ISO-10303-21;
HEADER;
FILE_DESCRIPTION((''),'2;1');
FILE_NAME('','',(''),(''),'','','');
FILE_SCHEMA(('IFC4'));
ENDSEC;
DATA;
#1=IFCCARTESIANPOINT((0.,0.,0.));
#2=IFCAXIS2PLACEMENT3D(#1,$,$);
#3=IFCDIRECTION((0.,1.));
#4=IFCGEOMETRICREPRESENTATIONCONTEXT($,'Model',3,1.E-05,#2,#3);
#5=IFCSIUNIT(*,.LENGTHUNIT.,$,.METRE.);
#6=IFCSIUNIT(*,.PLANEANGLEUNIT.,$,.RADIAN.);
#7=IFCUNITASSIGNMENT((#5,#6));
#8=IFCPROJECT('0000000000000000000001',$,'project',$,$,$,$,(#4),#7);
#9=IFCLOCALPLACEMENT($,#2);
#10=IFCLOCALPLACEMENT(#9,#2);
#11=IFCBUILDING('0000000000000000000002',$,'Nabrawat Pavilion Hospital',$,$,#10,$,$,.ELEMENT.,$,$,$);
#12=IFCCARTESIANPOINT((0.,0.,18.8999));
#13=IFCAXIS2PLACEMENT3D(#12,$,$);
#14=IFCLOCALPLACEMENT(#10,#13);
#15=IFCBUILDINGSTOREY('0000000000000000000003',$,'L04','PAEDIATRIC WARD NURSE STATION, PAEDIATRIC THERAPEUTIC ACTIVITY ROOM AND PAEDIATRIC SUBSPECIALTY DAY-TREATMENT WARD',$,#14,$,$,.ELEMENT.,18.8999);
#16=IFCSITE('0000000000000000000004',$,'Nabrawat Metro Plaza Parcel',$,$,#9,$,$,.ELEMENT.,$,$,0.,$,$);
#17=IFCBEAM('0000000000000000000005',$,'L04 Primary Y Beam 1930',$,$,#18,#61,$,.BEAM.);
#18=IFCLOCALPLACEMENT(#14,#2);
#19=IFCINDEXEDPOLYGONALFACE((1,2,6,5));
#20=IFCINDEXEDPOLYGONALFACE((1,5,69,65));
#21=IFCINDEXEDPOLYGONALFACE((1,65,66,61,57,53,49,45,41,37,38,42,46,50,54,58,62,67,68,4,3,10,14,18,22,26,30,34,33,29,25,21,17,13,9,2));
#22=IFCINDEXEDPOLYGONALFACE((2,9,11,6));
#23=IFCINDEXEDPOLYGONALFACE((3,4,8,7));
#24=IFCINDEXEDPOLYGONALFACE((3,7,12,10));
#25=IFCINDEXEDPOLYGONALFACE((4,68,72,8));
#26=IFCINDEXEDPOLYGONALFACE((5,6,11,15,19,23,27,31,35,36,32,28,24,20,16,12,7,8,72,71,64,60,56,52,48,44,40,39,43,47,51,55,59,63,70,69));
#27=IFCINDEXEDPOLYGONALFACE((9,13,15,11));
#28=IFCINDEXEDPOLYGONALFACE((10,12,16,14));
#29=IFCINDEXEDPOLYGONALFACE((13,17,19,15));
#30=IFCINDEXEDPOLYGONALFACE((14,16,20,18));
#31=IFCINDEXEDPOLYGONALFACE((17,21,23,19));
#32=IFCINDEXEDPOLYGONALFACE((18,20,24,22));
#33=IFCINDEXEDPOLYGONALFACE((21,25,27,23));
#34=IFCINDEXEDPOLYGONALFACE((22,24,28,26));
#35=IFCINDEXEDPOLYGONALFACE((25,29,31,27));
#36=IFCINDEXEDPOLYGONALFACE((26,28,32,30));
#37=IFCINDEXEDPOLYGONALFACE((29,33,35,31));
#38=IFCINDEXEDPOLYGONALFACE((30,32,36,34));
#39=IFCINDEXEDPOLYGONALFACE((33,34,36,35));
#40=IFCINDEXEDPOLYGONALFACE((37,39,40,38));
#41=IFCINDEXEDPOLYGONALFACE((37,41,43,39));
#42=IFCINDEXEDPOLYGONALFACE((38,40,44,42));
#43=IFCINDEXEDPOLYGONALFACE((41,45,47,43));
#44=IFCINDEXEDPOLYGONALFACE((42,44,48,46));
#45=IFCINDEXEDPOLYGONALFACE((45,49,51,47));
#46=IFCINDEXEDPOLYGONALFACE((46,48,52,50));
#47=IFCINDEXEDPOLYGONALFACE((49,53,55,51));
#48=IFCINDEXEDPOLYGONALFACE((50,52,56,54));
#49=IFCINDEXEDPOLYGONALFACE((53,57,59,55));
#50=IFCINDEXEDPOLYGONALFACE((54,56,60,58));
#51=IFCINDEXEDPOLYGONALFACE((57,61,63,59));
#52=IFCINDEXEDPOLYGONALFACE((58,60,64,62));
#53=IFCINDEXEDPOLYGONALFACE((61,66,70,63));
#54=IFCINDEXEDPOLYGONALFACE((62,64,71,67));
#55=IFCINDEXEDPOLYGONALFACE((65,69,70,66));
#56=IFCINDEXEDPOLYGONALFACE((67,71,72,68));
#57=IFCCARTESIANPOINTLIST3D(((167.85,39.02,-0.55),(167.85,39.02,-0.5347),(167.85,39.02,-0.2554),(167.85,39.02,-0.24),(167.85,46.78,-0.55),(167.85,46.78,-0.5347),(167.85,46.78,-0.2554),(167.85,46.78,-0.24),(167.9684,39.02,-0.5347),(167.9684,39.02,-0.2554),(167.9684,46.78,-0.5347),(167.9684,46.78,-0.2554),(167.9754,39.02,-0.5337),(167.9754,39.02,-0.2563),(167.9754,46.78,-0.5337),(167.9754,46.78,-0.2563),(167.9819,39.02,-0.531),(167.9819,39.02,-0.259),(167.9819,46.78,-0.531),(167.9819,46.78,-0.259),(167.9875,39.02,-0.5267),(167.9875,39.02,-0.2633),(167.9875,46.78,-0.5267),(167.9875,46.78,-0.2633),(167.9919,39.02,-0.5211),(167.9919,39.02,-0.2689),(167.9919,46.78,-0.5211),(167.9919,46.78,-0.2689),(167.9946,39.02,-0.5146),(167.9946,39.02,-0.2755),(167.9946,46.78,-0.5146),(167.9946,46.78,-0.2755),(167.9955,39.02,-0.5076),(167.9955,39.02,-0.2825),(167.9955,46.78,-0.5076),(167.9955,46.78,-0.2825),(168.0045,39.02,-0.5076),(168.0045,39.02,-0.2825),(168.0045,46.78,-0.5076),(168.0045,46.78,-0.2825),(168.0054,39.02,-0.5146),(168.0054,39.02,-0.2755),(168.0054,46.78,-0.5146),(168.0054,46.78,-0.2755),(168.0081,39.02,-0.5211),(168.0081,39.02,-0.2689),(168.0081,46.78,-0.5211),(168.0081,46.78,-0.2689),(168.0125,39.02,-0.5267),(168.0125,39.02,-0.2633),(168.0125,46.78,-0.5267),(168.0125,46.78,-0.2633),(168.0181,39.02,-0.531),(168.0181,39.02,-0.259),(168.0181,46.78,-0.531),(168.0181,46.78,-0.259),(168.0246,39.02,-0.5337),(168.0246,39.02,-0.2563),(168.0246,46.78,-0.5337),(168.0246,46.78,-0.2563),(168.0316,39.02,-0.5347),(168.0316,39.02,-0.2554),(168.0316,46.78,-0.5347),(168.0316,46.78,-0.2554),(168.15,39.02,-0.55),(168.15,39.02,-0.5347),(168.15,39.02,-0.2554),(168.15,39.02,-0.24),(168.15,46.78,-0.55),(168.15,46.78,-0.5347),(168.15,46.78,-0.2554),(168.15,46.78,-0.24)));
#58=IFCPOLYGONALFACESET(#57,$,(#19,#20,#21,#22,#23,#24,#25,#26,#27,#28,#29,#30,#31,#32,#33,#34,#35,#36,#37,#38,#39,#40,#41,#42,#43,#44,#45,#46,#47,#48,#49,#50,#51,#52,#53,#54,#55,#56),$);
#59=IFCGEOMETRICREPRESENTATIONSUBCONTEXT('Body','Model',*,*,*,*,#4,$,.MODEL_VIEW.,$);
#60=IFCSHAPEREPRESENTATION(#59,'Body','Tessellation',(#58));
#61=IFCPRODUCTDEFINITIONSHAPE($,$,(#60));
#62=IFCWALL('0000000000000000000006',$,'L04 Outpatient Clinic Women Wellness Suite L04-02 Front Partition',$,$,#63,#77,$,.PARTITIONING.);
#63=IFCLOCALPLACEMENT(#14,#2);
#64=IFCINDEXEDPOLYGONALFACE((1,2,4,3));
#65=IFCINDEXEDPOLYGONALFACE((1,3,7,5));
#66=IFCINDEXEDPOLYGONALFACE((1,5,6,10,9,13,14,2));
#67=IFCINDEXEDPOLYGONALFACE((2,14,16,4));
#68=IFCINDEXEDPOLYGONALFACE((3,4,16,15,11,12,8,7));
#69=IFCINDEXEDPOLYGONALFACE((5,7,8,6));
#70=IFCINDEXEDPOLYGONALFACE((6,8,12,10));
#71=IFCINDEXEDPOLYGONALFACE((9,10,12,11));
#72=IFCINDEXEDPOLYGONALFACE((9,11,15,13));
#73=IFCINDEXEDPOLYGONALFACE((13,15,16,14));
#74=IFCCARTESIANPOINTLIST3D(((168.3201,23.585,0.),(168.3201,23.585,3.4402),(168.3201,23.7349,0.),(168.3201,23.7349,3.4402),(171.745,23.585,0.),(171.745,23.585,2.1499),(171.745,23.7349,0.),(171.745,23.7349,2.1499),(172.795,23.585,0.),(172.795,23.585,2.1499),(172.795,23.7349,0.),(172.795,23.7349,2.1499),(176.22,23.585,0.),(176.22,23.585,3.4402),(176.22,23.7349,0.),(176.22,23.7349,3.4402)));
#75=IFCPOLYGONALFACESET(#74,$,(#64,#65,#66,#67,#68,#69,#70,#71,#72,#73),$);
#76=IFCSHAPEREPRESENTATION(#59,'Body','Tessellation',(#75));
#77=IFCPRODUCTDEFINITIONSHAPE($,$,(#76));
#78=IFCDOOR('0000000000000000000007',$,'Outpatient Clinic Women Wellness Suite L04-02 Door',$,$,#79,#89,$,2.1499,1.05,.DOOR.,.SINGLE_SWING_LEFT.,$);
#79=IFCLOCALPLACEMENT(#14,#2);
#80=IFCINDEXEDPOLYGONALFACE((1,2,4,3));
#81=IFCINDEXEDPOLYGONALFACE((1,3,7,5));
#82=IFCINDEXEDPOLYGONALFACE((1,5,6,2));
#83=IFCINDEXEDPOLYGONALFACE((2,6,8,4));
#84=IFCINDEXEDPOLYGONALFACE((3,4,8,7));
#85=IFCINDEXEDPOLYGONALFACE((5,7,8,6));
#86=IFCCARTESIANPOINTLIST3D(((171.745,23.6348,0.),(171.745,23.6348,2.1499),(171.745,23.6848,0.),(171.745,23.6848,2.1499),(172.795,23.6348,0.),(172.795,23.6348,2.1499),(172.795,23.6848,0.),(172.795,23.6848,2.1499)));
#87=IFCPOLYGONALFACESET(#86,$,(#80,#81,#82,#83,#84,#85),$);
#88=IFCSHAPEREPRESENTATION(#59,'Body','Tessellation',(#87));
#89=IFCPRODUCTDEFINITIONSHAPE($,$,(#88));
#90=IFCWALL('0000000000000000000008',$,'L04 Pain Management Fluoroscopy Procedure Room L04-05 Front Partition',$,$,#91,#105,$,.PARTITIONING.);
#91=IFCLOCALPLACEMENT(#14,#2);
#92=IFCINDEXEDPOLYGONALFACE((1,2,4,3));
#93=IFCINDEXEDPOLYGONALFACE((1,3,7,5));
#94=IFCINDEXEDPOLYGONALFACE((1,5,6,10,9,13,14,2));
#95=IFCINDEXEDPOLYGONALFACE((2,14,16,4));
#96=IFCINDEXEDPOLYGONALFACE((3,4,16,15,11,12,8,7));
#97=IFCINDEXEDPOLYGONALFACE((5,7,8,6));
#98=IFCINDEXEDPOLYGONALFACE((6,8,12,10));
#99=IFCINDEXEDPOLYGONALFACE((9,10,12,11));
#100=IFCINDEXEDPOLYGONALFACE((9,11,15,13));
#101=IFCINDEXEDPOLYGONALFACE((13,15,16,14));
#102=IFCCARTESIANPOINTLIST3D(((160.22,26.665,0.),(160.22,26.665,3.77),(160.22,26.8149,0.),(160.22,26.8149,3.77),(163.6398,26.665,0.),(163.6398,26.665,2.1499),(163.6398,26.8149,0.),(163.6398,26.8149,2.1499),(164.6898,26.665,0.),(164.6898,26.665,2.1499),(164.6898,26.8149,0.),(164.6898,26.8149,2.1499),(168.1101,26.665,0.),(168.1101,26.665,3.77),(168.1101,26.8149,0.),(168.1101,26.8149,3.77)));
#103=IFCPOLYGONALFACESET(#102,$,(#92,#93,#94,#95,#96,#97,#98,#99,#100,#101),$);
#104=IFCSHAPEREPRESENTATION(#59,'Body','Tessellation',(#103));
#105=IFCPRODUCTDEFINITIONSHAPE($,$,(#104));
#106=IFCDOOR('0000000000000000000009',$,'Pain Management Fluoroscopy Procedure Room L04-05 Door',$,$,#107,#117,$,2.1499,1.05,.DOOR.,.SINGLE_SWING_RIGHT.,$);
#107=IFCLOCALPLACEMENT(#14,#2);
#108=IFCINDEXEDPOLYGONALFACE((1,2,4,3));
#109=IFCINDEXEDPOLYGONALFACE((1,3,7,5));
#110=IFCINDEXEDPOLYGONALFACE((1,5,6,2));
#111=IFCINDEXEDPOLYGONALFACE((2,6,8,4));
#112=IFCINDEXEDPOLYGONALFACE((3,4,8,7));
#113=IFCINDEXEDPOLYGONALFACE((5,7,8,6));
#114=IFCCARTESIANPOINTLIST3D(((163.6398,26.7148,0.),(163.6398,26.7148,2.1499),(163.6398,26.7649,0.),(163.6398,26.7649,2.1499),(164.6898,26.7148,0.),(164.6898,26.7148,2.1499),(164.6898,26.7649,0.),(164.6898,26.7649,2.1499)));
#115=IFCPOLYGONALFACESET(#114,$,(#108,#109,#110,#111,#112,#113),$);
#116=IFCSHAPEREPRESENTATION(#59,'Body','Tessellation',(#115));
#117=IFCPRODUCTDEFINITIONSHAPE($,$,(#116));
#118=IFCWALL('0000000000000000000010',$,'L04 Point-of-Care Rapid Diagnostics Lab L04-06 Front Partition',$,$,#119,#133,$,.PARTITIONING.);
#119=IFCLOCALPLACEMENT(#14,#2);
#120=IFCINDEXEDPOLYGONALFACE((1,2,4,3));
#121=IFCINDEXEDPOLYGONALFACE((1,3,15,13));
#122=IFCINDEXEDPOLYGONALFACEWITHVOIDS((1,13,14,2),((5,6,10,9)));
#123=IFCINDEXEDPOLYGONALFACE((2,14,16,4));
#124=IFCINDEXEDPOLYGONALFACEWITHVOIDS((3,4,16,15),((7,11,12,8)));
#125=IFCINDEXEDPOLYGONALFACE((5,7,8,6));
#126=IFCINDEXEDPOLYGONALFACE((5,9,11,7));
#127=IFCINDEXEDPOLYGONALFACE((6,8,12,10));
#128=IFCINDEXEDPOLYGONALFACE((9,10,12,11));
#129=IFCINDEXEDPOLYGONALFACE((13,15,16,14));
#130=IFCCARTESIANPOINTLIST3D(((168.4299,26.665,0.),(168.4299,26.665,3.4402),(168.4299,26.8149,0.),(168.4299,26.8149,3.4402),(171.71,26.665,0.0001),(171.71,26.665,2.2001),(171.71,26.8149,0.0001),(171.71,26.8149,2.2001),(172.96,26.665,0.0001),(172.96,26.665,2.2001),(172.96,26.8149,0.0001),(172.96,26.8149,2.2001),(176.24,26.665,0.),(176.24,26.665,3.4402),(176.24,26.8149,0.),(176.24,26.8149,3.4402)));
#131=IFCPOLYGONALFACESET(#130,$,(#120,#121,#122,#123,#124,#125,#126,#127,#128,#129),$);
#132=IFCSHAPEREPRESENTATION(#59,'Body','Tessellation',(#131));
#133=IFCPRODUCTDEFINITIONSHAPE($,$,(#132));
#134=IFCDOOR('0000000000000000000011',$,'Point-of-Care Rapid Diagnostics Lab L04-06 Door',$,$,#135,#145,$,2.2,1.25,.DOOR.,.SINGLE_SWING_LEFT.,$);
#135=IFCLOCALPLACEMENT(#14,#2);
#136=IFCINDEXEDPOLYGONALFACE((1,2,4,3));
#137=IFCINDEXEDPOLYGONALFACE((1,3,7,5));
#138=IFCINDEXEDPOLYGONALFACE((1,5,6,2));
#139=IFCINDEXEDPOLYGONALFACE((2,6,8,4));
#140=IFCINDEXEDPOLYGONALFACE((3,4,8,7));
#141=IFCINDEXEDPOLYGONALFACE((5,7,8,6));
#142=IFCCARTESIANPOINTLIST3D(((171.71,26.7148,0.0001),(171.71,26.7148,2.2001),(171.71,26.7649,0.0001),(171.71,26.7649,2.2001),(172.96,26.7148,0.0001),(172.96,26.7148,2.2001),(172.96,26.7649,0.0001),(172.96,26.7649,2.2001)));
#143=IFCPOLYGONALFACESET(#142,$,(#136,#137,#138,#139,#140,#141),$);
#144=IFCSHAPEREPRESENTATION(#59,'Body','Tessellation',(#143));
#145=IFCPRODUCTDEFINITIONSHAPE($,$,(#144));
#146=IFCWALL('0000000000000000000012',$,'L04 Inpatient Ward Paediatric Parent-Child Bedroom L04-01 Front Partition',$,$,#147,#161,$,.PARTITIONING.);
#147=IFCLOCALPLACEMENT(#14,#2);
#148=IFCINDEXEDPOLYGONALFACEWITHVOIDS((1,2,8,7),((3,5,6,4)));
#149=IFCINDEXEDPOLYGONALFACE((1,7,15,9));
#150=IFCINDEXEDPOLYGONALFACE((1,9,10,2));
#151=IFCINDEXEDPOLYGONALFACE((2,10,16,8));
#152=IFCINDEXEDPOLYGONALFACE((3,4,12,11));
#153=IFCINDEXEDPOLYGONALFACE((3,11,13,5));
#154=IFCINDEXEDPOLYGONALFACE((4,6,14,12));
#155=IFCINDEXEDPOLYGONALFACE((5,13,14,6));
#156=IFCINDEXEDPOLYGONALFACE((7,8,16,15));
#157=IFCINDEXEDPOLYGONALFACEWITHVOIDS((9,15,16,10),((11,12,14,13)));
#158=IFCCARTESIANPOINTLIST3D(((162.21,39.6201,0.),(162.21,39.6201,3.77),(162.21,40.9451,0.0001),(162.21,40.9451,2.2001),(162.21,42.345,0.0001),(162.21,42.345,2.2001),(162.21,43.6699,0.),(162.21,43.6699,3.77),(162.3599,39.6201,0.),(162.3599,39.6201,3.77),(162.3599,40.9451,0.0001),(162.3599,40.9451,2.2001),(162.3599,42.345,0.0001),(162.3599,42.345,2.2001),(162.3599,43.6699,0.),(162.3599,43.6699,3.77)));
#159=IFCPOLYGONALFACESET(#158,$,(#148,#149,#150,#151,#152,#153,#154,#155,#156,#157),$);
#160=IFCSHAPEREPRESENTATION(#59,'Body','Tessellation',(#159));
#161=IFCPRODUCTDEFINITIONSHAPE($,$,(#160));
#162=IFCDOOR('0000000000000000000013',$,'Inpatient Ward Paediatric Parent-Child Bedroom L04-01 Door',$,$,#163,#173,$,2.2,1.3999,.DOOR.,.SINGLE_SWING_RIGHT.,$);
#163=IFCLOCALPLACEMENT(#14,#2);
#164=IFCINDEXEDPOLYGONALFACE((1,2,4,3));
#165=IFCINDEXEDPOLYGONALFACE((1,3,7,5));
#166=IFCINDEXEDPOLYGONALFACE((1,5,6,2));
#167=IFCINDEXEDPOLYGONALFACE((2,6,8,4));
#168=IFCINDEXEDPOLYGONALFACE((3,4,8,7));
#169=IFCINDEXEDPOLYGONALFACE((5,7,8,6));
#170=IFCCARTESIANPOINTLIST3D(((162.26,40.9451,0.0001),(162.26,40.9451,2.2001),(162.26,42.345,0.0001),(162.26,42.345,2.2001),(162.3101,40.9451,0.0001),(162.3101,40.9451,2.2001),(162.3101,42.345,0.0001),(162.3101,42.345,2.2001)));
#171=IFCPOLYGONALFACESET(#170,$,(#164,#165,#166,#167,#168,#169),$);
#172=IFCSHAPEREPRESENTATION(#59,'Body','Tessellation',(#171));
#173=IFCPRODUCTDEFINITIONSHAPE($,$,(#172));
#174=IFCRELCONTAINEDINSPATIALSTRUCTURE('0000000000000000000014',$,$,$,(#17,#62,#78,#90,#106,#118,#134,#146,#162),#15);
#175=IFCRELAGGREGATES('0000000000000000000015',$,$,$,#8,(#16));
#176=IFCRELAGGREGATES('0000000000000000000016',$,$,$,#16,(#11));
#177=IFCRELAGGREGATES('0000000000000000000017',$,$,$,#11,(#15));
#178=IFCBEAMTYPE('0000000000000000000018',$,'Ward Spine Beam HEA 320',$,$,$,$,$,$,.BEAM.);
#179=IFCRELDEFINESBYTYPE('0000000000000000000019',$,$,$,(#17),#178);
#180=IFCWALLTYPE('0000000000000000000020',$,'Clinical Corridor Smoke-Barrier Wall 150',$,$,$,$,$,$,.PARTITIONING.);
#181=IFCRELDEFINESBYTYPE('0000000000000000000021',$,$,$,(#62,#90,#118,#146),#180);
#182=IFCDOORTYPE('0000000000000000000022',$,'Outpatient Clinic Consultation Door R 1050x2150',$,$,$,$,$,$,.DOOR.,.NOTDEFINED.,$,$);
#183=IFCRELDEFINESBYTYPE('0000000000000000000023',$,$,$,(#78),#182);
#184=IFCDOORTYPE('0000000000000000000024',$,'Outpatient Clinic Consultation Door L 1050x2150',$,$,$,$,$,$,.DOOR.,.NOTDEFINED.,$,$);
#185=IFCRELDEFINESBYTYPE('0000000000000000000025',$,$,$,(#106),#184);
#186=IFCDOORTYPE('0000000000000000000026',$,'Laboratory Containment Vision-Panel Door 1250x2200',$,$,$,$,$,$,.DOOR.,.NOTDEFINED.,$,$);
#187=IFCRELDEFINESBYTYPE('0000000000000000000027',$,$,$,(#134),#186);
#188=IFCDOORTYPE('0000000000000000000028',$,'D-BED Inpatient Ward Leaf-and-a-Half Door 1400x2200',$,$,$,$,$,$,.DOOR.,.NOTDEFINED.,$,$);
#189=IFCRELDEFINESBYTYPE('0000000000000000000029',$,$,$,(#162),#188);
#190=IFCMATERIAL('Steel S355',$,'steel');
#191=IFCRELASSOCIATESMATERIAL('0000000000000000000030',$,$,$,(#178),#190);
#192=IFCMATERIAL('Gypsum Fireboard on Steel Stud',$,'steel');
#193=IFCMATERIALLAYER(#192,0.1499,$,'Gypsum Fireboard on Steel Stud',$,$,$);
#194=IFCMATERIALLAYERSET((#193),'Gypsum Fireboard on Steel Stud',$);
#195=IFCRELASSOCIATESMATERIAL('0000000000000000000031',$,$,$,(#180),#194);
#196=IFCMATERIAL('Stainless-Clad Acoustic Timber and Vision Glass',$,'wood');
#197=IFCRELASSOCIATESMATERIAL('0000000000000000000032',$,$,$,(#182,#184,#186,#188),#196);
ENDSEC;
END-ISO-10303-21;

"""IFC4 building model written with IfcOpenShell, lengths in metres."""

from ifc_helpers import new_model, si_unit, direction, frame, frame_2d, origin, origin_2d, place, context, subcontext, project, spatial, rectangle, i_section, extrude, material, layer, layer_set, material_profile, profile_set, type_object, element, fill, save


model = new_model("IFC4")

# Units and contexts
model_context = context("Model", 3, precision=1e-05, world=origin(), true_north=direction((0.0, 1.0)))
body_context = subcontext(model_context, "Body", "Model", "MODEL_VIEW")
ifc_project = project(units=[si_unit("LENGTHUNIT", "METRE"), si_unit("PLANEANGLEUNIT", "RADIAN")], contexts=[model_context])

# Site, building, storey
site_placement = place(None, origin())
site = spatial("IfcSite", under=ifc_project, at=site_placement, Name="Nabrawat Metro Plaza Parcel", CompositionType="ELEMENT", RefElevation=0.0)
building_placement = place(site_placement, origin())
building = spatial("IfcBuilding", under=site, at=building_placement, Name="Nabrawat Pavilion Hospital", CompositionType="ELEMENT")
storey_placement = place(building_placement, frame((0.0, 0.0, 18.8999)))
storey = spatial("IfcBuildingStorey", under=building, at=storey_placement, Name="L04", Description="PAEDIATRIC WARD NURSE STATION, PAEDIATRIC THERAPEUTIC ACTIVITY ROOM AND PAEDIATRIC SUBSPECIALTY DAY-TREATMENT WARD", CompositionType="ELEMENT", Elevation=18.8999)

# Shared definitions
ifc_material_1 = material(Name="Steel S355", Category="steel")

# Beam
ifc_material_profile_1 = material_profile(ifc_material_1, i_section(OverallWidth=0.3, OverallDepth=0.3101, WebThickness=0.009, FlangeThickness=0.0154, FilletRadius=0.0271, at=origin_2d()), Name="HEA 320")
ifc_profile_set_1 = profile_set([ifc_material_profile_1], Name="Steel S355")
beam_type_1 = type_object("IfcBeamType", Name="Ward Spine Beam HEA 320", PredefinedType="BEAM", material=ifc_profile_set_1)
for number, where, z_axis, x_axis, name in (
    (1, (168.0, 39.02, -0.395), (0.0, 1.0, 0.0), (-1.0, 0.0, 0.0), "L04 Primary Y Beam 1930"),
):
    element("IfcBeam", number, at=place(storey_placement, frame(where, z_axis=z_axis, x_axis=x_axis)), inside=storey, type_object=beam_type_1, Name=name, PredefinedType="BEAM", context=body_context, shape_type="SweptSolid", body=[
        extrude(i_section(OverallWidth=0.3, OverallDepth=0.3101, WebThickness=0.009, FlangeThickness=0.0154, FilletRadius=0.0271, at=origin_2d()), origin(), (0.0, 0.0, 1.0), 7.76),
    ])

# Walls, openings, doors
ifc_material_2 = material(Name="Gypsum Fireboard on Steel Stud", Category="steel")
ifc_layer_1 = layer(ifc_material_2, 0.1499, Name="Gypsum Fireboard on Steel Stud")
ifc_layer_set_1 = layer_set([ifc_layer_1], Name="Gypsum Fireboard on Steel Stud")
wall_type_1 = type_object("IfcWallType", Name="Clinical Corridor Smoke-Barrier Wall 150", PredefinedType="PARTITIONING", material=ifc_layer_set_1)
wall_1_placement = place(storey_placement, frame((168.3201, 23.6599, 0.0), z_axis=(0.0, 0.0, 1.0), x_axis=(1.0, 0.0, 0.0)))
wall_1 = element("IfcWall", 2, at=wall_1_placement, inside=storey, type_object=wall_type_1, Name="L04 Outpatient Clinic Women Wellness Suite L04-02 Front Partition", PredefinedType="PARTITIONING", context=body_context, shape_type="SweptSolid", body=[
    extrude(rectangle(XDim=7.8999, YDim=0.1499, at=frame_2d((3.95, 0.0))), origin(), (0.0, 0.0, 1.0), 3.4402),
])
opening_1_placement = place(wall_1_placement, frame((3.425, 0.0, 0.0)))
opening_1 = element("IfcOpeningElement", 3, at=opening_1_placement, cuts=wall_1, PredefinedType="OPENING", context=body_context, shape_type="SweptSolid", body=[
    extrude(rectangle(XDim=1.05, YDim=2.1499, at=frame_2d((0.5249, 1.075))), frame((0.0, 0.085, 0.0), z_axis=(0.0, -1.0, 0.0), x_axis=(1.0, 0.0, 0.0)), (0.0, 0.0, 1.0), 0.1699),
])
ifc_material_3 = material(Name="Stainless-Clad Acoustic Timber and Vision Glass", Category="wood")
door_type_1 = type_object("IfcDoorType", Name="Outpatient Clinic Consultation Door R 1050x2150", OperationType="NOTDEFINED", PredefinedType="DOOR", material=ifc_material_3)
door_1_placement = place(opening_1_placement, origin())
door_1 = element("IfcDoor", 4, at=door_1_placement, inside=storey, type_object=door_type_1, Name="Outpatient Clinic Women Wellness Suite L04-02 Door", OperationType="SINGLE_SWING_LEFT", OverallHeight=2.1499, OverallWidth=1.05, PredefinedType="DOOR", context=body_context, shape_type="SweptSolid", body=[
    extrude(rectangle(XDim=1.05, YDim=2.1499, at=frame_2d((0.5249, 1.075))), frame((0.0, 0.0249, 0.0), z_axis=(0.0, -1.0, 0.0), x_axis=(1.0, 0.0, 0.0)), (0.0, 0.0, 1.0), 0.05),
])
fill(opening_1, door_1)
wall_2_placement = place(storey_placement, frame((160.22, 26.74, 0.0), z_axis=(0.0, 0.0, 1.0), x_axis=(1.0, 0.0, 0.0)))
wall_2 = element("IfcWall", 5, at=wall_2_placement, inside=storey, type_object=wall_type_1, Name="L04 Pain Management Fluoroscopy Procedure Room L04-05 Front Partition", PredefinedType="PARTITIONING", context=body_context, shape_type="SweptSolid", body=[
    extrude(rectangle(XDim=7.8901, YDim=0.1499, at=frame_2d((3.9451, 0.0))), origin(), (0.0, 0.0, 1.0), 3.77),
])
opening_2_placement = place(wall_2_placement, frame((3.4199, 0.0, 0.0)))
opening_2 = element("IfcOpeningElement", 6, at=opening_2_placement, cuts=wall_2, PredefinedType="OPENING", context=body_context, shape_type="SweptSolid", body=[
    extrude(rectangle(XDim=1.05, YDim=2.1499, at=frame_2d((0.5249, 1.075))), frame((0.0, 0.085, 0.0), z_axis=(0.0, -1.0, 0.0), x_axis=(1.0, 0.0, 0.0)), (0.0, 0.0, 1.0), 0.1699),
])
door_type_2 = type_object("IfcDoorType", Name="Outpatient Clinic Consultation Door L 1050x2150", OperationType="NOTDEFINED", PredefinedType="DOOR", material=ifc_material_3)
door_2_placement = place(opening_2_placement, origin())
door_2 = element("IfcDoor", 7, at=door_2_placement, inside=storey, type_object=door_type_2, Name="Pain Management Fluoroscopy Procedure Room L04-05 Door", OperationType="SINGLE_SWING_RIGHT", OverallHeight=2.1499, OverallWidth=1.05, PredefinedType="DOOR", context=body_context, shape_type="SweptSolid", body=[
    extrude(rectangle(XDim=1.05, YDim=2.1499, at=frame_2d((0.5249, 1.075))), frame((0.0, 0.0249, 0.0), z_axis=(0.0, -1.0, 0.0), x_axis=(1.0, 0.0, 0.0)), (0.0, 0.0, 1.0), 0.05),
])
fill(opening_2, door_2)
wall_3_placement = place(storey_placement, frame((168.4299, 26.74, 0.0), z_axis=(0.0, 0.0, 1.0), x_axis=(1.0, 0.0, 0.0)))
wall_3 = element("IfcWall", 8, at=wall_3_placement, inside=storey, type_object=wall_type_1, Name="L04 Point-of-Care Rapid Diagnostics Lab L04-06 Front Partition", PredefinedType="PARTITIONING", context=body_context, shape_type="SweptSolid", body=[
    extrude(rectangle(XDim=7.8101, YDim=0.1499, at=frame_2d((3.905, 0.0))), origin(), (0.0, 0.0, 1.0), 3.4402),
])
opening_3_placement = place(wall_3_placement, frame((3.28, 0.0, 0.0)))
opening_3 = element("IfcOpeningElement", 9, at=opening_3_placement, cuts=wall_3, PredefinedType="OPENING", context=body_context, shape_type="SweptSolid", body=[
    extrude(rectangle(XDim=1.25, YDim=2.2, at=frame_2d((0.625, 1.1001))), frame((0.0, 0.085, 0.0), z_axis=(0.0, -1.0, 0.0), x_axis=(1.0, 0.0, 0.0)), (0.0, 0.0, 1.0), 0.1699),
])
door_type_3 = type_object("IfcDoorType", Name="Laboratory Containment Vision-Panel Door 1250x2200", OperationType="NOTDEFINED", PredefinedType="DOOR", material=ifc_material_3)
door_3_placement = place(opening_3_placement, origin())
door_3 = element("IfcDoor", 10, at=door_3_placement, inside=storey, type_object=door_type_3, Name="Point-of-Care Rapid Diagnostics Lab L04-06 Door", OperationType="SINGLE_SWING_LEFT", OverallHeight=2.2, OverallWidth=1.25, PredefinedType="DOOR", context=body_context, shape_type="SweptSolid", body=[
    extrude(rectangle(XDim=1.25, YDim=2.2, at=frame_2d((0.625, 1.1001))), frame((0.0, 0.0249, 0.0), z_axis=(0.0, -1.0, 0.0), x_axis=(1.0, 0.0, 0.0)), (0.0, 0.0, 1.0), 0.05),
])
fill(opening_3, door_3)
wall_4_placement = place(storey_placement, frame((162.2849, 39.6201, 0.0), z_axis=(0.0, 0.0, 1.0), x_axis=(0.0, 1.0, 0.0)))
wall_4 = element("IfcWall", 11, at=wall_4_placement, inside=storey, type_object=wall_type_1, Name="L04 Inpatient Ward Paediatric Parent-Child Bedroom L04-01 Front Partition", PredefinedType="PARTITIONING", context=body_context, shape_type="SweptSolid", body=[
    extrude(rectangle(XDim=4.0498, YDim=0.1499, at=frame_2d((2.0249, 0.0))), origin(), (0.0, 0.0, 1.0), 3.77),
])
opening_4_placement = place(wall_4_placement, frame((1.325, 0.0, 0.0)))
opening_4 = element("IfcOpeningElement", 12, at=opening_4_placement, cuts=wall_4, PredefinedType="OPENING", context=body_context, shape_type="SweptSolid", body=[
    extrude(rectangle(XDim=1.3999, YDim=2.2, at=frame_2d((0.7, 1.1001))), frame((0.0, 0.085, 0.0), z_axis=(0.0, -1.0, 0.0), x_axis=(1.0, 0.0, 0.0)), (0.0, 0.0, 1.0), 0.1699),
])
door_type_4 = type_object("IfcDoorType", Name="D-BED Inpatient Ward Leaf-and-a-Half Door 1400x2200", OperationType="NOTDEFINED", PredefinedType="DOOR", material=ifc_material_3)
door_4_placement = place(opening_4_placement, origin())
door_4 = element("IfcDoor", 13, at=door_4_placement, inside=storey, type_object=door_type_4, Name="Inpatient Ward Paediatric Parent-Child Bedroom L04-01 Door", OperationType="SINGLE_SWING_RIGHT", OverallHeight=2.2, OverallWidth=1.3999, PredefinedType="DOOR", context=body_context, shape_type="SweptSolid", body=[
    extrude(rectangle(XDim=1.3999, YDim=2.2, at=frame_2d((0.7, 1.1001))), frame((0.0, 0.0249, 0.0), z_axis=(0.0, -1.0, 0.0), x_axis=(1.0, 0.0, 0.0)), (0.0, 0.0, 1.0), 0.05),
])
fill(opening_4, door_4)

save(model, "model.ifc")
